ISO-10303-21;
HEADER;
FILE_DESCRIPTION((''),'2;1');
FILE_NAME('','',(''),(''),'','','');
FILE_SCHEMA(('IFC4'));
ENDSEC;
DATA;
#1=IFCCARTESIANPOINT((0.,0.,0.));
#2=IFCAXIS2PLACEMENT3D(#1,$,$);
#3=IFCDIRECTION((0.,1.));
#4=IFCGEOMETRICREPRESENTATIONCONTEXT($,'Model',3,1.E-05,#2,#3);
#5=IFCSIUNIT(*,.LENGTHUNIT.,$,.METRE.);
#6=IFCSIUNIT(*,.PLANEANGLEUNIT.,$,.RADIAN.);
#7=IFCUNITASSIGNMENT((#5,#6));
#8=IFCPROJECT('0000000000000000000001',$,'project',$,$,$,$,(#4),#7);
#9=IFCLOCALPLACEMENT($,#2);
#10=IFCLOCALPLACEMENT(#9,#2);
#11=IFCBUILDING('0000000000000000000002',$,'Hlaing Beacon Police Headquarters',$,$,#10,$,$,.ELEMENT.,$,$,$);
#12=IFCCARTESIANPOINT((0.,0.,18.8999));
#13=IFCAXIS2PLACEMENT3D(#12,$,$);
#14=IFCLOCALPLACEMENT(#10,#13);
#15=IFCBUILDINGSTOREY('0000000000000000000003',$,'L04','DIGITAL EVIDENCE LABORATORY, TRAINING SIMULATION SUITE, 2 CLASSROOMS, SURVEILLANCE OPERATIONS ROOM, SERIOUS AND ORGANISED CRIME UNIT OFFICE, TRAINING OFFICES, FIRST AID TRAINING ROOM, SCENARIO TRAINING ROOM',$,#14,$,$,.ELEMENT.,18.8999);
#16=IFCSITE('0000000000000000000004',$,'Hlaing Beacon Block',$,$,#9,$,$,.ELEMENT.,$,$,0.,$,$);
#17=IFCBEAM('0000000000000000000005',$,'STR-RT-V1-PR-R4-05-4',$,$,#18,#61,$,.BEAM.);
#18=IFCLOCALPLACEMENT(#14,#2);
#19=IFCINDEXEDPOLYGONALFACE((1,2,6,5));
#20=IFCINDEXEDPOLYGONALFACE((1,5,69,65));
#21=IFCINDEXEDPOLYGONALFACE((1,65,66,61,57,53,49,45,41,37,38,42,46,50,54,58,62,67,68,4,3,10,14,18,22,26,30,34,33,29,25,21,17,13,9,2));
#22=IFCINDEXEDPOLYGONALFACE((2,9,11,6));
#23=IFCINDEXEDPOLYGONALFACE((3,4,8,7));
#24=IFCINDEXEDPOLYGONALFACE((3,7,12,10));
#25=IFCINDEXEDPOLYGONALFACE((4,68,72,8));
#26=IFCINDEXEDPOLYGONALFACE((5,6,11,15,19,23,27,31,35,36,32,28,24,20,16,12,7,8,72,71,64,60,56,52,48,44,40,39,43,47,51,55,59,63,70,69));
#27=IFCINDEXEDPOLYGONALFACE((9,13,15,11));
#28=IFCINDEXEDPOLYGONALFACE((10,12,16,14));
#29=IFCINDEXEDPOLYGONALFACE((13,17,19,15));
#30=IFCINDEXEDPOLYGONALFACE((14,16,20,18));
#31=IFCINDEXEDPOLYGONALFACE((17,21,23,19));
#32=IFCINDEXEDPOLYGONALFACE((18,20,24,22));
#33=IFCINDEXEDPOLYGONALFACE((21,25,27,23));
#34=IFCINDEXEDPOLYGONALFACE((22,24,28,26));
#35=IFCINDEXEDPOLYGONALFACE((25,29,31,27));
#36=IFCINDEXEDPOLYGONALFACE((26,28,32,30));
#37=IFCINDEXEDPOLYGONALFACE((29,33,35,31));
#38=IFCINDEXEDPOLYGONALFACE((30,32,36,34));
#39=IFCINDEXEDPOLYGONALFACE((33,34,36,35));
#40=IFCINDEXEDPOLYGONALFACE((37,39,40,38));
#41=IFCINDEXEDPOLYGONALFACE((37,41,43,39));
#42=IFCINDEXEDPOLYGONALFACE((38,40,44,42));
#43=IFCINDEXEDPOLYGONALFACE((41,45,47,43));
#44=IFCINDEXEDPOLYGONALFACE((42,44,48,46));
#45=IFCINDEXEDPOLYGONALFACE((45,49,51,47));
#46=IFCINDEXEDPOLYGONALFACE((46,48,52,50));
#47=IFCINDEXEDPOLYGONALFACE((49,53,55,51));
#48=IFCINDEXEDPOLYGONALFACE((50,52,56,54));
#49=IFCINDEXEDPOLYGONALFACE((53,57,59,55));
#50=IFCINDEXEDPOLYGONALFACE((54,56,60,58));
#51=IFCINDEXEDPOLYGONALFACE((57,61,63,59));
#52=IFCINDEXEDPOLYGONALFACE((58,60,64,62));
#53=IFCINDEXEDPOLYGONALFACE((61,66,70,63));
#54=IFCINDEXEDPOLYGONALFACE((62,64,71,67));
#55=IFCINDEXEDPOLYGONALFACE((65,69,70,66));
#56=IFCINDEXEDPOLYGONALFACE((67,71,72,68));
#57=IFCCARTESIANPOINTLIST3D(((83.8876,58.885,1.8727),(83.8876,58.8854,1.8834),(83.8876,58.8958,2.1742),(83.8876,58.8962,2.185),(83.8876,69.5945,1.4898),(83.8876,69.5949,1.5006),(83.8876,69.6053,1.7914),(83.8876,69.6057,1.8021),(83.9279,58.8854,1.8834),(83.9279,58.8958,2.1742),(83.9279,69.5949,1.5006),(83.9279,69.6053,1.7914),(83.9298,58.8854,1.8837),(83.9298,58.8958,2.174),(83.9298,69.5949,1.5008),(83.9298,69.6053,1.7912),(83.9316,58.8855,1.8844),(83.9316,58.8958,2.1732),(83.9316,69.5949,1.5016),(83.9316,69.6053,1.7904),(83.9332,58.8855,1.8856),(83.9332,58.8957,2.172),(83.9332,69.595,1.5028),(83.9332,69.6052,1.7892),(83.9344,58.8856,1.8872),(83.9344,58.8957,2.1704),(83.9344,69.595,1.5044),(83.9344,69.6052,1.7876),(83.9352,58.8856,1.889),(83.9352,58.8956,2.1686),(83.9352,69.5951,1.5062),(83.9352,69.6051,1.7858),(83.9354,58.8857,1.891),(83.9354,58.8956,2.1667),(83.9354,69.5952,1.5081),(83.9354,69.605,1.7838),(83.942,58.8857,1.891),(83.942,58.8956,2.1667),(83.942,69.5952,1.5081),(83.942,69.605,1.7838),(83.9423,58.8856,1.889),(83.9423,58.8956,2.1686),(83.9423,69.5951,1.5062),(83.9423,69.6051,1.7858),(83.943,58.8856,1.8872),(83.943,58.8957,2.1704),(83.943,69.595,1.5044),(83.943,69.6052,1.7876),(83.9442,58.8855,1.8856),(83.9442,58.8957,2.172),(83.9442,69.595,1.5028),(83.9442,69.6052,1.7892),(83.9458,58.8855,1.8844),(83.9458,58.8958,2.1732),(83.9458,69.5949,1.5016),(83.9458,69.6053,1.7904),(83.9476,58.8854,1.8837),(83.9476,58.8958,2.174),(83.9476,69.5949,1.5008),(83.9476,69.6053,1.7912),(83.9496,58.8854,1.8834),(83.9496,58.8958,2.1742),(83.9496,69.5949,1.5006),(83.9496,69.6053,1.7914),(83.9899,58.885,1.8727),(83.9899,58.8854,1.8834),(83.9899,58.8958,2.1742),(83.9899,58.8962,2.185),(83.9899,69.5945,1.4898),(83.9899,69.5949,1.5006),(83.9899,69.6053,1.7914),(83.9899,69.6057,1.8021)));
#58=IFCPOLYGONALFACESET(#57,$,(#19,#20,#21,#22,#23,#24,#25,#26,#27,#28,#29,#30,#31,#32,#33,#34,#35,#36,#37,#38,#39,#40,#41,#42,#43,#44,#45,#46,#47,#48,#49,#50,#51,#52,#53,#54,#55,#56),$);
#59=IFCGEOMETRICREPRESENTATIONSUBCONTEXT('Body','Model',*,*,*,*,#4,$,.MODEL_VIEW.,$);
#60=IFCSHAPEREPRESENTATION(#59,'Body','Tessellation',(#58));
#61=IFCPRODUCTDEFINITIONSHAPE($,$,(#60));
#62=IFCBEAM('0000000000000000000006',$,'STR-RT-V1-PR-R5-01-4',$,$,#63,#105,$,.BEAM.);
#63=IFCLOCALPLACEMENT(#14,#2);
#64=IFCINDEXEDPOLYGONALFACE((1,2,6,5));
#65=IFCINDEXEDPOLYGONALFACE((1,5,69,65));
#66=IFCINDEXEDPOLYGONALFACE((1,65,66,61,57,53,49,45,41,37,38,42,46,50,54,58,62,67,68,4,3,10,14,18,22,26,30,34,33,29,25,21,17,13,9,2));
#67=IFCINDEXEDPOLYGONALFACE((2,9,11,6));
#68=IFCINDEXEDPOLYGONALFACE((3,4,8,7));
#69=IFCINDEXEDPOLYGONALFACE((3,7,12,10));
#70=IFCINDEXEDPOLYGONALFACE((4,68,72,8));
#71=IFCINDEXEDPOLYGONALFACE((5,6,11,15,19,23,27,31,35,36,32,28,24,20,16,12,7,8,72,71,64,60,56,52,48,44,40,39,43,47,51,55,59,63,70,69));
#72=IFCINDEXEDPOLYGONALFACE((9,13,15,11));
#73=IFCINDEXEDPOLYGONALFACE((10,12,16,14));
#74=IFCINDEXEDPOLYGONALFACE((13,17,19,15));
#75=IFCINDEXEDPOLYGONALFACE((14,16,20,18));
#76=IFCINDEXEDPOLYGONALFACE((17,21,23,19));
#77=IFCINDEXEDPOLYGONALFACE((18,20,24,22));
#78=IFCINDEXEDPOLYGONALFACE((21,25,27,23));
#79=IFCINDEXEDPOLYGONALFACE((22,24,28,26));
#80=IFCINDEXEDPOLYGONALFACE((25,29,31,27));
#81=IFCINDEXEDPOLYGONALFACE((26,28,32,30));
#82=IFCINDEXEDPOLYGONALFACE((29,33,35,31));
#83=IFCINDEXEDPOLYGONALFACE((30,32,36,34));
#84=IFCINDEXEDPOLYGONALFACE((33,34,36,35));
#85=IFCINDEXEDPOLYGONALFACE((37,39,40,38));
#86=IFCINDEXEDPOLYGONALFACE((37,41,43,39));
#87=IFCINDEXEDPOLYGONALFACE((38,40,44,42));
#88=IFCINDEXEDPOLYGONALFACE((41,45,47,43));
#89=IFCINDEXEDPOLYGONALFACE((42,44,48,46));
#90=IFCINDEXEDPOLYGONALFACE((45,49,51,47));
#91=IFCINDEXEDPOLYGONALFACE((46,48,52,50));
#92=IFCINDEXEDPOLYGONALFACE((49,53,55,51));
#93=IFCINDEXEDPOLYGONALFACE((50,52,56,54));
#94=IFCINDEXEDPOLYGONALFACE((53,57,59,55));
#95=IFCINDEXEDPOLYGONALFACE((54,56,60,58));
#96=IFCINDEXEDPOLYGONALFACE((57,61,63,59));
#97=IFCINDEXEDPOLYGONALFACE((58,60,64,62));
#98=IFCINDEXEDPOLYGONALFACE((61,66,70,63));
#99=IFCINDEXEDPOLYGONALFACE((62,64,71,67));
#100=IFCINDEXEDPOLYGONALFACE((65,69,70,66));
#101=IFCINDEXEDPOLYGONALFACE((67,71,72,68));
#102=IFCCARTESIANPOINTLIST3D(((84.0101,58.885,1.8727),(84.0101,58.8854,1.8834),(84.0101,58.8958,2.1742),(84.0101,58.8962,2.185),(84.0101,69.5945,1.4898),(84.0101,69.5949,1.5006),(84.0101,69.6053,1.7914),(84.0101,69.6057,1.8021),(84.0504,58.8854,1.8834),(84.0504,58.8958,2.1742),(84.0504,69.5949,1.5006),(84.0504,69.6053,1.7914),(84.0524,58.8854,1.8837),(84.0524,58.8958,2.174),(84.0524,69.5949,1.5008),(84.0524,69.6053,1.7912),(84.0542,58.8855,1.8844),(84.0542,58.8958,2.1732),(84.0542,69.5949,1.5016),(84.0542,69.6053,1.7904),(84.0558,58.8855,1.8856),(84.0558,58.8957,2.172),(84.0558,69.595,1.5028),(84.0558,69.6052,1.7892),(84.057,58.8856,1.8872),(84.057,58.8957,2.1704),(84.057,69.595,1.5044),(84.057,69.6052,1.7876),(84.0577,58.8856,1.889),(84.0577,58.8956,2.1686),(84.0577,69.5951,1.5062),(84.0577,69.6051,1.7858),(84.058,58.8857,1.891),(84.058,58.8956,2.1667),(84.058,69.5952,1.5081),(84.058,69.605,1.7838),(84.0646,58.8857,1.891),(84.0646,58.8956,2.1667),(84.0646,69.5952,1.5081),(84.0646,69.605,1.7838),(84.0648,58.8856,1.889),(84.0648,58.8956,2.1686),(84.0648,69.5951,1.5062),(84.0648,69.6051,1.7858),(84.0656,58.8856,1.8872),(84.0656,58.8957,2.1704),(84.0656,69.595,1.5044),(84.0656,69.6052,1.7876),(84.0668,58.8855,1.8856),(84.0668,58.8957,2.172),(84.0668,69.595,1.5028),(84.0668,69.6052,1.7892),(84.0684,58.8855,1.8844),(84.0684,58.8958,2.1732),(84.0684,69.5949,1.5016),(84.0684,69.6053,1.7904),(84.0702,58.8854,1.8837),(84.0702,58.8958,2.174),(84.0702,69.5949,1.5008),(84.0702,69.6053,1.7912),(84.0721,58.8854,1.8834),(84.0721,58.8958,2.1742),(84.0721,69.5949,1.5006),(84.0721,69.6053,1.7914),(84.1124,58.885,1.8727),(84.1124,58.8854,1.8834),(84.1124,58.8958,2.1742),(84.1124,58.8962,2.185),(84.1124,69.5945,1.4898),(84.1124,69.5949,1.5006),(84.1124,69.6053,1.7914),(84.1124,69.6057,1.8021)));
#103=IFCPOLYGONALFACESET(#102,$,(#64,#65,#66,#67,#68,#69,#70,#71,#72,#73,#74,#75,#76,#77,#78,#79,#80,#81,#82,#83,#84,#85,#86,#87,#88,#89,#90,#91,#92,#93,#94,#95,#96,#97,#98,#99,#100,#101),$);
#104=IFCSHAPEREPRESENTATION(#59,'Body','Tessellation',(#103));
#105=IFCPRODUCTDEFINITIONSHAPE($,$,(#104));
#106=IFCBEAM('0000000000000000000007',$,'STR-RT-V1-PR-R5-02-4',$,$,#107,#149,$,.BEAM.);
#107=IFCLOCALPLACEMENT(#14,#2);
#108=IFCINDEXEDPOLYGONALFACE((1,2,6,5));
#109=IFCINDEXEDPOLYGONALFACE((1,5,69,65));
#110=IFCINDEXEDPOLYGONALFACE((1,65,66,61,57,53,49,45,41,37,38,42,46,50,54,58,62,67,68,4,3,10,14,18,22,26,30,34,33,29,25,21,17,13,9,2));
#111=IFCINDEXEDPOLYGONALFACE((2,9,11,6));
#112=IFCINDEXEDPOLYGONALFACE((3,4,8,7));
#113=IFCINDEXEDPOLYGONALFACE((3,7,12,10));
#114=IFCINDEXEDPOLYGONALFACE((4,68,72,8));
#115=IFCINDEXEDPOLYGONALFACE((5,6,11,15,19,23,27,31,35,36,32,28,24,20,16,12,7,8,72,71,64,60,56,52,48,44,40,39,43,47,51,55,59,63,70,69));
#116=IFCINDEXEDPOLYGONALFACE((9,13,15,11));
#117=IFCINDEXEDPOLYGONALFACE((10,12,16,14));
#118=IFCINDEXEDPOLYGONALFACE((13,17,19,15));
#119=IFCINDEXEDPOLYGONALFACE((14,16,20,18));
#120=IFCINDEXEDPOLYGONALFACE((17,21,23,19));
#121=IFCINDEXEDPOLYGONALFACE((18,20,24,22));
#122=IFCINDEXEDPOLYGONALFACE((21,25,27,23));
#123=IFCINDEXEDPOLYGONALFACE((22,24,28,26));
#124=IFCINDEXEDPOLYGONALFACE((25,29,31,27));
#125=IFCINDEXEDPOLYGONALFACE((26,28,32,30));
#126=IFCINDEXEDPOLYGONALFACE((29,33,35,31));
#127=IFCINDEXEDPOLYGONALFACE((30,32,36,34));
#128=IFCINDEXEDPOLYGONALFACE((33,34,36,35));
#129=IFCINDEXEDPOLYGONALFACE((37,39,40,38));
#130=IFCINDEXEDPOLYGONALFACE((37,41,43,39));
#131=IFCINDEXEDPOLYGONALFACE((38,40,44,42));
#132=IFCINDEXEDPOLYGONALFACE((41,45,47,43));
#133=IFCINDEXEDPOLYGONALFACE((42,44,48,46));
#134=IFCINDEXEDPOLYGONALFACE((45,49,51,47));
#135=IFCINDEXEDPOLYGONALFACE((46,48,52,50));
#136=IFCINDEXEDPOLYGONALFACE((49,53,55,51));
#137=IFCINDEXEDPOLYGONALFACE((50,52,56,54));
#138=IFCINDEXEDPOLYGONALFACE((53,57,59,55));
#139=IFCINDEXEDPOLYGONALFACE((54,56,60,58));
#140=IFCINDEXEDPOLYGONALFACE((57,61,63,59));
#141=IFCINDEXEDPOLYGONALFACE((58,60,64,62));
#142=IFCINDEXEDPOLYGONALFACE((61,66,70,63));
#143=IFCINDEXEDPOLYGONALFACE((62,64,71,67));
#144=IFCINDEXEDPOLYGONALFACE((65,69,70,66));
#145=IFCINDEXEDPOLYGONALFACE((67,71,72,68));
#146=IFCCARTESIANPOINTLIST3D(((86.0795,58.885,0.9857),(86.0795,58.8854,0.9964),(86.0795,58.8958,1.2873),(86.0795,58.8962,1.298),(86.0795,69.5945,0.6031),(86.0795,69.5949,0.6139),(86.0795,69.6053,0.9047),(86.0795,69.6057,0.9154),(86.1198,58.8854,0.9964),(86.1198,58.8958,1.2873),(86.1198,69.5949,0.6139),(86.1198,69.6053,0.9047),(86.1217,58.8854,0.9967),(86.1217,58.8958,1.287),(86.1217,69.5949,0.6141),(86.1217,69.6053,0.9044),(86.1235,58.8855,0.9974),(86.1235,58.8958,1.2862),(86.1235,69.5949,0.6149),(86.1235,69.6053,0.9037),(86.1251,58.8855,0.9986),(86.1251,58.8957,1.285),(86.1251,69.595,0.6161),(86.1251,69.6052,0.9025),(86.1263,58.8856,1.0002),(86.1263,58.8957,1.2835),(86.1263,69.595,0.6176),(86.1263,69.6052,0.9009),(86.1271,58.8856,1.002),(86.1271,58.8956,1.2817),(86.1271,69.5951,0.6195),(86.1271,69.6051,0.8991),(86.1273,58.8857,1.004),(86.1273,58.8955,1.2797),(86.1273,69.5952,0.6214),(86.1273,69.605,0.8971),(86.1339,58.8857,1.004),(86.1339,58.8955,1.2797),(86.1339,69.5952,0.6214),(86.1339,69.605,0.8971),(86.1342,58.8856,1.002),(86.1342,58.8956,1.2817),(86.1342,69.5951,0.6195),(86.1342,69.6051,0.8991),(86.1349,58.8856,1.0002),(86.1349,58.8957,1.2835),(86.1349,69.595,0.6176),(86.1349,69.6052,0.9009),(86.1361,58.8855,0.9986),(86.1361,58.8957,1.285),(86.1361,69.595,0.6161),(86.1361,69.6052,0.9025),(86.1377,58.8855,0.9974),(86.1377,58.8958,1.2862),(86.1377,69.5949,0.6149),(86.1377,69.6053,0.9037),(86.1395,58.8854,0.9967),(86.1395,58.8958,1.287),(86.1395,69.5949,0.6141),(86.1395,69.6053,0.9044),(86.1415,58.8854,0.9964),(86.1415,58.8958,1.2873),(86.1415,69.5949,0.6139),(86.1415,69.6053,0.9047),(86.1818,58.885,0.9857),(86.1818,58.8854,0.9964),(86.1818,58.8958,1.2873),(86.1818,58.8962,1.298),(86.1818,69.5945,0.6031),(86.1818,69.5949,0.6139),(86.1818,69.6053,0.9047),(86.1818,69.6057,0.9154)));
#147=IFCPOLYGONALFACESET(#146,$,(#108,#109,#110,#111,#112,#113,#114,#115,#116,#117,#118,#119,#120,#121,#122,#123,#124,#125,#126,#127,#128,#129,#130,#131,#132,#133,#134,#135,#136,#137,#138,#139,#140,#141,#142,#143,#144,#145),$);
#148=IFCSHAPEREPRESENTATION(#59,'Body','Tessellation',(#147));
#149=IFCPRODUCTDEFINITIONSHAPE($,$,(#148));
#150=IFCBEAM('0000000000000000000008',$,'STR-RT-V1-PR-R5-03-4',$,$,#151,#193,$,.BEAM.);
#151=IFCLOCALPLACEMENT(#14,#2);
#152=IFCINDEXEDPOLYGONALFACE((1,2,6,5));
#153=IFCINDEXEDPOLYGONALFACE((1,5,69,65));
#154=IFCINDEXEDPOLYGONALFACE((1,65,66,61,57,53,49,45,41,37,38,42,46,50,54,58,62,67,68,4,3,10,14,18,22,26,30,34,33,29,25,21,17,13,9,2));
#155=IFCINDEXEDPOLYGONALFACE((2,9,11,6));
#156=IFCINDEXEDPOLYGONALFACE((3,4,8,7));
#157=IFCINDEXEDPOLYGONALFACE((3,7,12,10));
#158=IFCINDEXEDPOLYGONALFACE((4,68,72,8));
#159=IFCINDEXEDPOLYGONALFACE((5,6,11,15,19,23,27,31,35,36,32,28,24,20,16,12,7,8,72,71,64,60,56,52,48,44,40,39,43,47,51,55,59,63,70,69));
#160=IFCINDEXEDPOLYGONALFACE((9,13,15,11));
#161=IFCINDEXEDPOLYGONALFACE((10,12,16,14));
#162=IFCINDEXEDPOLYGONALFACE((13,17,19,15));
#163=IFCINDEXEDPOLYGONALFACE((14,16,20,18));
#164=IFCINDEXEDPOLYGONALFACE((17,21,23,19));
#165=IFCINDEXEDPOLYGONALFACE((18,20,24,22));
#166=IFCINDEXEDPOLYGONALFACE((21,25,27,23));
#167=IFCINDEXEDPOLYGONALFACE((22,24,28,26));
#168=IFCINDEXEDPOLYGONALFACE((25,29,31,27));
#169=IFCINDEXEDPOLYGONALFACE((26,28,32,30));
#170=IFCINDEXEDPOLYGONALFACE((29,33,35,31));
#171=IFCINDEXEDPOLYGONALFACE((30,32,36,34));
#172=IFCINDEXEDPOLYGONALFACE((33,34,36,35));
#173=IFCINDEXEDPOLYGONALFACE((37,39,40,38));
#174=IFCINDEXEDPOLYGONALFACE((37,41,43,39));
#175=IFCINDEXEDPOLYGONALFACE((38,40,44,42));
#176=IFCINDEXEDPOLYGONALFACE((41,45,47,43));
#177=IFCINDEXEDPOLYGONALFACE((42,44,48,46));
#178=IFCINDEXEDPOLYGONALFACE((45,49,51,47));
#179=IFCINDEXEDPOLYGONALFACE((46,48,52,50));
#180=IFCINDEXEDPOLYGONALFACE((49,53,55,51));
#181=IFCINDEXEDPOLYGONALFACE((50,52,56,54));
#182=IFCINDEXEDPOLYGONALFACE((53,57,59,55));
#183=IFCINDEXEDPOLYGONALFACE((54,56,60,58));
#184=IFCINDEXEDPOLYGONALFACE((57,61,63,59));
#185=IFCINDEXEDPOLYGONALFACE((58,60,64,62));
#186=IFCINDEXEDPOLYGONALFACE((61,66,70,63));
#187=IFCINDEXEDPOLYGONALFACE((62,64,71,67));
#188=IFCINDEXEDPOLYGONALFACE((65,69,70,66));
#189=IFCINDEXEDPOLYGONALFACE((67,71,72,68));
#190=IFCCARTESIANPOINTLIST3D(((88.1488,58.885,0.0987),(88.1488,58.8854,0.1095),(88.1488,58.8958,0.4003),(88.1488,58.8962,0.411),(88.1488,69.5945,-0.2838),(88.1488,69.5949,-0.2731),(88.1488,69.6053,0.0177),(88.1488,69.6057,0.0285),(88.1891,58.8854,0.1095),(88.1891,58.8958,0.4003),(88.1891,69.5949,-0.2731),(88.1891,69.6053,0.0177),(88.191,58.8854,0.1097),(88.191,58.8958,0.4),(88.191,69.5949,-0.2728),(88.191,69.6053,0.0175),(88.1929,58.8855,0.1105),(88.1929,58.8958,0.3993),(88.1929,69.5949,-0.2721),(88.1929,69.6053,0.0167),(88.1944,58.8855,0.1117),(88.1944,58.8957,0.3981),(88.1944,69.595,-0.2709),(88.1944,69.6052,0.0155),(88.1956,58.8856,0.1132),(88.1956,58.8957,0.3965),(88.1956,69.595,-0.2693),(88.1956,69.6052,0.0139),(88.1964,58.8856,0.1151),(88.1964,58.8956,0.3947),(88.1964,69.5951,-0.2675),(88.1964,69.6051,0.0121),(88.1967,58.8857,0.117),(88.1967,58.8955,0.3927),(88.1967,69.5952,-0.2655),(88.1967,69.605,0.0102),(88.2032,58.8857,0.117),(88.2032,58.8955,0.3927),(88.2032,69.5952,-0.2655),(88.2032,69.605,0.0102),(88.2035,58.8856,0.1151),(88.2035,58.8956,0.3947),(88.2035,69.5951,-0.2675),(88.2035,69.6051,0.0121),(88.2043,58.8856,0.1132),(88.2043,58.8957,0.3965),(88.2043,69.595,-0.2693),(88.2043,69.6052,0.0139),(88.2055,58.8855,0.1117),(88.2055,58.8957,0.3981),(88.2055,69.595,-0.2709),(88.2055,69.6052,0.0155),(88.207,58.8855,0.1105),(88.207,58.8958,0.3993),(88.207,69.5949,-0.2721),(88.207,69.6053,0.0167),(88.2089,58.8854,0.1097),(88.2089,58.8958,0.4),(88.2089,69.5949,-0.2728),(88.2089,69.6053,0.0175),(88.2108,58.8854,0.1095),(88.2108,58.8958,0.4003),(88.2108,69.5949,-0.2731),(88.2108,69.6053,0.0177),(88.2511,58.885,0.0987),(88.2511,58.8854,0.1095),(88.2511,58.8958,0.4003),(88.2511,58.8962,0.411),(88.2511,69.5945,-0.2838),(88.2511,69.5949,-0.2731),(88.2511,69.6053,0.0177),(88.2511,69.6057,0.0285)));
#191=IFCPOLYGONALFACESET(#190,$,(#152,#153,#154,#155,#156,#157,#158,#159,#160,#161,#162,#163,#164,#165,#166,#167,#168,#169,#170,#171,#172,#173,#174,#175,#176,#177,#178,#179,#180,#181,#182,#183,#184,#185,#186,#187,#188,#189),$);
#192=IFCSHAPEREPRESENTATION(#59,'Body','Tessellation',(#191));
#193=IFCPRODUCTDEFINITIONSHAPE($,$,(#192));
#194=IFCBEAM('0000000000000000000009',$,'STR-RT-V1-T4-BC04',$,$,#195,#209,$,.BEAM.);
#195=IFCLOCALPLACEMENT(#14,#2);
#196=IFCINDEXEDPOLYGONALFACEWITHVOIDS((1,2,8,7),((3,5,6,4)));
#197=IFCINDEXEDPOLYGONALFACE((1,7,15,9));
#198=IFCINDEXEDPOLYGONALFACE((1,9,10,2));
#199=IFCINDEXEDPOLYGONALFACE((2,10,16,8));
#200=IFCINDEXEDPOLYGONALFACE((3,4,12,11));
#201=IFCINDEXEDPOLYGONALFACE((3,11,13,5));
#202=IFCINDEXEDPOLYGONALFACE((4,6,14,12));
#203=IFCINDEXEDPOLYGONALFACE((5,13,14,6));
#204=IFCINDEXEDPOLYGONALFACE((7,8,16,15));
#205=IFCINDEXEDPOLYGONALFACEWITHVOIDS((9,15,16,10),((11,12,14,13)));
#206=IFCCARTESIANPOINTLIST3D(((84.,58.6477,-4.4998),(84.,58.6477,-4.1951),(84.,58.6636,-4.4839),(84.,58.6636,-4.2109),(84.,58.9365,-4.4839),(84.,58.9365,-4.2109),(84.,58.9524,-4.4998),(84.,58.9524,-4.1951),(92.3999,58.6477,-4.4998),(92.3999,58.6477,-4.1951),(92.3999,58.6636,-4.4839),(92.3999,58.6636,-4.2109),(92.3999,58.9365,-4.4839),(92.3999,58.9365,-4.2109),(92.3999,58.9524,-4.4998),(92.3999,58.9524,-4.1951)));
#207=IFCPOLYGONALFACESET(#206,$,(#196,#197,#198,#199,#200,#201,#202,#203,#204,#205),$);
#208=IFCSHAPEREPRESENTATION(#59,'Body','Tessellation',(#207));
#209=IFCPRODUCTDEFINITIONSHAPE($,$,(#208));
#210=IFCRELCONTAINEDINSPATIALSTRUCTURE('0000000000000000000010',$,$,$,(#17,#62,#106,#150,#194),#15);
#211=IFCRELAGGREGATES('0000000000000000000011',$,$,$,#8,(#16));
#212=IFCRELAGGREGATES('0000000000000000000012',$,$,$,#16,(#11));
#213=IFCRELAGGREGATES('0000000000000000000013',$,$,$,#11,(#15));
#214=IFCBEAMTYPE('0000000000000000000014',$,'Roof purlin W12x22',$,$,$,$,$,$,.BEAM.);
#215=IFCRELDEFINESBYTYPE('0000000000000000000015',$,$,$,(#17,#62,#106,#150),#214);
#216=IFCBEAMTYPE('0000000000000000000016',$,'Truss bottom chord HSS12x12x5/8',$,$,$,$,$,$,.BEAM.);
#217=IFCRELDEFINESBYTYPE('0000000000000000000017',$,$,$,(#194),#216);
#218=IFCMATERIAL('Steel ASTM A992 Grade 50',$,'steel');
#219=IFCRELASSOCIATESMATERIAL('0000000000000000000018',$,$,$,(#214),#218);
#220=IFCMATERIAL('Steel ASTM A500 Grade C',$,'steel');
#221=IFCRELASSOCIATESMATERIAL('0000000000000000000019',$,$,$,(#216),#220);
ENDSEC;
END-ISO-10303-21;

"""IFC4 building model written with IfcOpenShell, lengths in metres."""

from ifc_helpers import new_model, si_unit, direction, frame, origin, origin_2d, place, context, subcontext, project, spatial, hollow_rectangle, i_section, extrude, material, material_profile, profile_set, type_object, element, save


model = new_model("IFC4")

# Units and contexts
model_context = context("Model", 3, precision=1e-05, world=origin(), true_north=direction((0.0, 1.0)))
body_context = subcontext(model_context, "Body", "Model", "MODEL_VIEW")
ifc_project = project(units=[si_unit("LENGTHUNIT", "METRE"), si_unit("PLANEANGLEUNIT", "RADIAN")], contexts=[model_context])

# Site, building, storey
site_placement = place(None, origin())
site = spatial("IfcSite", under=ifc_project, at=site_placement, Name="Hlaing Beacon Block", CompositionType="ELEMENT", RefElevation=0.0)
building_placement = place(site_placement, origin())
building = spatial("IfcBuilding", under=site, at=building_placement, Name="Hlaing Beacon Police Headquarters", CompositionType="ELEMENT")
storey_placement = place(building_placement, frame((0.0, 0.0, 18.8999)))
storey = spatial("IfcBuildingStorey", under=building, at=storey_placement, Name="L04", Description="DIGITAL EVIDENCE LABORATORY, TRAINING SIMULATION SUITE, 2 CLASSROOMS, SURVEILLANCE OPERATIONS ROOM, SERIOUS AND ORGANISED CRIME UNIT OFFICE, TRAINING OFFICES, FIRST AID TRAINING ROOM, SCENARIO TRAINING ROOM", CompositionType="ELEMENT", Elevation=18.8999)

# Beams
ifc_material_1 = material(Name="Steel ASTM A992 Grade 50", Category="steel")
ifc_material_profile_1 = material_profile(ifc_material_1, i_section(OverallWidth=0.1023, OverallDepth=0.3125, WebThickness=0.0066, FlangeThickness=0.0107, FilletRadius=0.0076, at=origin_2d()), Name="W12x22")
ifc_profile_set_1 = profile_set([ifc_material_profile_1], Name="Steel ASTM A992 Grade 50")
beam_type_1 = type_object("IfcBeamType", Name="Roof purlin W12x22", PredefinedType="BEAM", material=ifc_profile_set_1)
for number, where, z_axis, x_axis, name in (
    (1, (83.9387, 58.8906, 2.0288), (0.0, 0.999362, -0.035722), (-1.0, 0.0, 0.0), "STR-RT-V1-PR-R4-05-4"),
    (2, (84.0613, 58.8906, 2.0288), (0.0, 0.999362, -0.035722), (-1.0, 0.0, 0.0), "STR-RT-V1-PR-R5-01-4"),
    (3, (86.1306, 58.8906, 1.1418), (0.0, 0.999363, -0.0357), (-1.0, 0.0, 0.0), "STR-RT-V1-PR-R5-02-4"),
    (4, (88.2, 58.8906, 0.2549), (0.0, 0.999363, -0.0357), (-1.0, 0.0, 0.0), "STR-RT-V1-PR-R5-03-4"),
):
    element("IfcBeam", number, at=place(storey_placement, frame(where, z_axis=z_axis, x_axis=x_axis)), inside=storey, type_object=beam_type_1, Name=name, PredefinedType="BEAM", context=body_context, shape_type="SweptSolid", body=[
        extrude(i_section(OverallWidth=0.1023, OverallDepth=0.3125, WebThickness=0.0066, FlangeThickness=0.0107, FilletRadius=0.0076, at=origin_2d()), origin(), (0.0, 0.0, 1.0), 10.7163),
    ])
ifc_material_2 = material(Name="Steel ASTM A500 Grade C", Category="steel")
ifc_material_profile_2 = material_profile(ifc_material_2, hollow_rectangle(XDim=0.3047, YDim=0.3047, WallThickness=0.0159, at=origin_2d()), Name="HSS12x12x5/8")
ifc_profile_set_2 = profile_set([ifc_material_profile_2], Name="Steel ASTM A500 Grade C")
beam_type_2 = type_object("IfcBeamType", Name="Truss bottom chord HSS12x12x5/8", PredefinedType="BEAM", material=ifc_profile_set_2)
beam_1_placement = place(storey_placement, frame((84.0, 58.8, -4.3474), z_axis=(1.0, 0.0, 0.0), x_axis=(0.0, 1.0, 0.0)))
element("IfcBeam", 5, at=beam_1_placement, inside=storey, type_object=beam_type_2, Name="STR-RT-V1-T4-BC04", PredefinedType="BEAM", context=body_context, shape_type="SweptSolid", body=[
    extrude(hollow_rectangle(XDim=0.3047, YDim=0.3047, WallThickness=0.0159, at=origin_2d()), origin(), (0.0, 0.0, 1.0), 8.3999),
])

save(model, "model.ifc")
